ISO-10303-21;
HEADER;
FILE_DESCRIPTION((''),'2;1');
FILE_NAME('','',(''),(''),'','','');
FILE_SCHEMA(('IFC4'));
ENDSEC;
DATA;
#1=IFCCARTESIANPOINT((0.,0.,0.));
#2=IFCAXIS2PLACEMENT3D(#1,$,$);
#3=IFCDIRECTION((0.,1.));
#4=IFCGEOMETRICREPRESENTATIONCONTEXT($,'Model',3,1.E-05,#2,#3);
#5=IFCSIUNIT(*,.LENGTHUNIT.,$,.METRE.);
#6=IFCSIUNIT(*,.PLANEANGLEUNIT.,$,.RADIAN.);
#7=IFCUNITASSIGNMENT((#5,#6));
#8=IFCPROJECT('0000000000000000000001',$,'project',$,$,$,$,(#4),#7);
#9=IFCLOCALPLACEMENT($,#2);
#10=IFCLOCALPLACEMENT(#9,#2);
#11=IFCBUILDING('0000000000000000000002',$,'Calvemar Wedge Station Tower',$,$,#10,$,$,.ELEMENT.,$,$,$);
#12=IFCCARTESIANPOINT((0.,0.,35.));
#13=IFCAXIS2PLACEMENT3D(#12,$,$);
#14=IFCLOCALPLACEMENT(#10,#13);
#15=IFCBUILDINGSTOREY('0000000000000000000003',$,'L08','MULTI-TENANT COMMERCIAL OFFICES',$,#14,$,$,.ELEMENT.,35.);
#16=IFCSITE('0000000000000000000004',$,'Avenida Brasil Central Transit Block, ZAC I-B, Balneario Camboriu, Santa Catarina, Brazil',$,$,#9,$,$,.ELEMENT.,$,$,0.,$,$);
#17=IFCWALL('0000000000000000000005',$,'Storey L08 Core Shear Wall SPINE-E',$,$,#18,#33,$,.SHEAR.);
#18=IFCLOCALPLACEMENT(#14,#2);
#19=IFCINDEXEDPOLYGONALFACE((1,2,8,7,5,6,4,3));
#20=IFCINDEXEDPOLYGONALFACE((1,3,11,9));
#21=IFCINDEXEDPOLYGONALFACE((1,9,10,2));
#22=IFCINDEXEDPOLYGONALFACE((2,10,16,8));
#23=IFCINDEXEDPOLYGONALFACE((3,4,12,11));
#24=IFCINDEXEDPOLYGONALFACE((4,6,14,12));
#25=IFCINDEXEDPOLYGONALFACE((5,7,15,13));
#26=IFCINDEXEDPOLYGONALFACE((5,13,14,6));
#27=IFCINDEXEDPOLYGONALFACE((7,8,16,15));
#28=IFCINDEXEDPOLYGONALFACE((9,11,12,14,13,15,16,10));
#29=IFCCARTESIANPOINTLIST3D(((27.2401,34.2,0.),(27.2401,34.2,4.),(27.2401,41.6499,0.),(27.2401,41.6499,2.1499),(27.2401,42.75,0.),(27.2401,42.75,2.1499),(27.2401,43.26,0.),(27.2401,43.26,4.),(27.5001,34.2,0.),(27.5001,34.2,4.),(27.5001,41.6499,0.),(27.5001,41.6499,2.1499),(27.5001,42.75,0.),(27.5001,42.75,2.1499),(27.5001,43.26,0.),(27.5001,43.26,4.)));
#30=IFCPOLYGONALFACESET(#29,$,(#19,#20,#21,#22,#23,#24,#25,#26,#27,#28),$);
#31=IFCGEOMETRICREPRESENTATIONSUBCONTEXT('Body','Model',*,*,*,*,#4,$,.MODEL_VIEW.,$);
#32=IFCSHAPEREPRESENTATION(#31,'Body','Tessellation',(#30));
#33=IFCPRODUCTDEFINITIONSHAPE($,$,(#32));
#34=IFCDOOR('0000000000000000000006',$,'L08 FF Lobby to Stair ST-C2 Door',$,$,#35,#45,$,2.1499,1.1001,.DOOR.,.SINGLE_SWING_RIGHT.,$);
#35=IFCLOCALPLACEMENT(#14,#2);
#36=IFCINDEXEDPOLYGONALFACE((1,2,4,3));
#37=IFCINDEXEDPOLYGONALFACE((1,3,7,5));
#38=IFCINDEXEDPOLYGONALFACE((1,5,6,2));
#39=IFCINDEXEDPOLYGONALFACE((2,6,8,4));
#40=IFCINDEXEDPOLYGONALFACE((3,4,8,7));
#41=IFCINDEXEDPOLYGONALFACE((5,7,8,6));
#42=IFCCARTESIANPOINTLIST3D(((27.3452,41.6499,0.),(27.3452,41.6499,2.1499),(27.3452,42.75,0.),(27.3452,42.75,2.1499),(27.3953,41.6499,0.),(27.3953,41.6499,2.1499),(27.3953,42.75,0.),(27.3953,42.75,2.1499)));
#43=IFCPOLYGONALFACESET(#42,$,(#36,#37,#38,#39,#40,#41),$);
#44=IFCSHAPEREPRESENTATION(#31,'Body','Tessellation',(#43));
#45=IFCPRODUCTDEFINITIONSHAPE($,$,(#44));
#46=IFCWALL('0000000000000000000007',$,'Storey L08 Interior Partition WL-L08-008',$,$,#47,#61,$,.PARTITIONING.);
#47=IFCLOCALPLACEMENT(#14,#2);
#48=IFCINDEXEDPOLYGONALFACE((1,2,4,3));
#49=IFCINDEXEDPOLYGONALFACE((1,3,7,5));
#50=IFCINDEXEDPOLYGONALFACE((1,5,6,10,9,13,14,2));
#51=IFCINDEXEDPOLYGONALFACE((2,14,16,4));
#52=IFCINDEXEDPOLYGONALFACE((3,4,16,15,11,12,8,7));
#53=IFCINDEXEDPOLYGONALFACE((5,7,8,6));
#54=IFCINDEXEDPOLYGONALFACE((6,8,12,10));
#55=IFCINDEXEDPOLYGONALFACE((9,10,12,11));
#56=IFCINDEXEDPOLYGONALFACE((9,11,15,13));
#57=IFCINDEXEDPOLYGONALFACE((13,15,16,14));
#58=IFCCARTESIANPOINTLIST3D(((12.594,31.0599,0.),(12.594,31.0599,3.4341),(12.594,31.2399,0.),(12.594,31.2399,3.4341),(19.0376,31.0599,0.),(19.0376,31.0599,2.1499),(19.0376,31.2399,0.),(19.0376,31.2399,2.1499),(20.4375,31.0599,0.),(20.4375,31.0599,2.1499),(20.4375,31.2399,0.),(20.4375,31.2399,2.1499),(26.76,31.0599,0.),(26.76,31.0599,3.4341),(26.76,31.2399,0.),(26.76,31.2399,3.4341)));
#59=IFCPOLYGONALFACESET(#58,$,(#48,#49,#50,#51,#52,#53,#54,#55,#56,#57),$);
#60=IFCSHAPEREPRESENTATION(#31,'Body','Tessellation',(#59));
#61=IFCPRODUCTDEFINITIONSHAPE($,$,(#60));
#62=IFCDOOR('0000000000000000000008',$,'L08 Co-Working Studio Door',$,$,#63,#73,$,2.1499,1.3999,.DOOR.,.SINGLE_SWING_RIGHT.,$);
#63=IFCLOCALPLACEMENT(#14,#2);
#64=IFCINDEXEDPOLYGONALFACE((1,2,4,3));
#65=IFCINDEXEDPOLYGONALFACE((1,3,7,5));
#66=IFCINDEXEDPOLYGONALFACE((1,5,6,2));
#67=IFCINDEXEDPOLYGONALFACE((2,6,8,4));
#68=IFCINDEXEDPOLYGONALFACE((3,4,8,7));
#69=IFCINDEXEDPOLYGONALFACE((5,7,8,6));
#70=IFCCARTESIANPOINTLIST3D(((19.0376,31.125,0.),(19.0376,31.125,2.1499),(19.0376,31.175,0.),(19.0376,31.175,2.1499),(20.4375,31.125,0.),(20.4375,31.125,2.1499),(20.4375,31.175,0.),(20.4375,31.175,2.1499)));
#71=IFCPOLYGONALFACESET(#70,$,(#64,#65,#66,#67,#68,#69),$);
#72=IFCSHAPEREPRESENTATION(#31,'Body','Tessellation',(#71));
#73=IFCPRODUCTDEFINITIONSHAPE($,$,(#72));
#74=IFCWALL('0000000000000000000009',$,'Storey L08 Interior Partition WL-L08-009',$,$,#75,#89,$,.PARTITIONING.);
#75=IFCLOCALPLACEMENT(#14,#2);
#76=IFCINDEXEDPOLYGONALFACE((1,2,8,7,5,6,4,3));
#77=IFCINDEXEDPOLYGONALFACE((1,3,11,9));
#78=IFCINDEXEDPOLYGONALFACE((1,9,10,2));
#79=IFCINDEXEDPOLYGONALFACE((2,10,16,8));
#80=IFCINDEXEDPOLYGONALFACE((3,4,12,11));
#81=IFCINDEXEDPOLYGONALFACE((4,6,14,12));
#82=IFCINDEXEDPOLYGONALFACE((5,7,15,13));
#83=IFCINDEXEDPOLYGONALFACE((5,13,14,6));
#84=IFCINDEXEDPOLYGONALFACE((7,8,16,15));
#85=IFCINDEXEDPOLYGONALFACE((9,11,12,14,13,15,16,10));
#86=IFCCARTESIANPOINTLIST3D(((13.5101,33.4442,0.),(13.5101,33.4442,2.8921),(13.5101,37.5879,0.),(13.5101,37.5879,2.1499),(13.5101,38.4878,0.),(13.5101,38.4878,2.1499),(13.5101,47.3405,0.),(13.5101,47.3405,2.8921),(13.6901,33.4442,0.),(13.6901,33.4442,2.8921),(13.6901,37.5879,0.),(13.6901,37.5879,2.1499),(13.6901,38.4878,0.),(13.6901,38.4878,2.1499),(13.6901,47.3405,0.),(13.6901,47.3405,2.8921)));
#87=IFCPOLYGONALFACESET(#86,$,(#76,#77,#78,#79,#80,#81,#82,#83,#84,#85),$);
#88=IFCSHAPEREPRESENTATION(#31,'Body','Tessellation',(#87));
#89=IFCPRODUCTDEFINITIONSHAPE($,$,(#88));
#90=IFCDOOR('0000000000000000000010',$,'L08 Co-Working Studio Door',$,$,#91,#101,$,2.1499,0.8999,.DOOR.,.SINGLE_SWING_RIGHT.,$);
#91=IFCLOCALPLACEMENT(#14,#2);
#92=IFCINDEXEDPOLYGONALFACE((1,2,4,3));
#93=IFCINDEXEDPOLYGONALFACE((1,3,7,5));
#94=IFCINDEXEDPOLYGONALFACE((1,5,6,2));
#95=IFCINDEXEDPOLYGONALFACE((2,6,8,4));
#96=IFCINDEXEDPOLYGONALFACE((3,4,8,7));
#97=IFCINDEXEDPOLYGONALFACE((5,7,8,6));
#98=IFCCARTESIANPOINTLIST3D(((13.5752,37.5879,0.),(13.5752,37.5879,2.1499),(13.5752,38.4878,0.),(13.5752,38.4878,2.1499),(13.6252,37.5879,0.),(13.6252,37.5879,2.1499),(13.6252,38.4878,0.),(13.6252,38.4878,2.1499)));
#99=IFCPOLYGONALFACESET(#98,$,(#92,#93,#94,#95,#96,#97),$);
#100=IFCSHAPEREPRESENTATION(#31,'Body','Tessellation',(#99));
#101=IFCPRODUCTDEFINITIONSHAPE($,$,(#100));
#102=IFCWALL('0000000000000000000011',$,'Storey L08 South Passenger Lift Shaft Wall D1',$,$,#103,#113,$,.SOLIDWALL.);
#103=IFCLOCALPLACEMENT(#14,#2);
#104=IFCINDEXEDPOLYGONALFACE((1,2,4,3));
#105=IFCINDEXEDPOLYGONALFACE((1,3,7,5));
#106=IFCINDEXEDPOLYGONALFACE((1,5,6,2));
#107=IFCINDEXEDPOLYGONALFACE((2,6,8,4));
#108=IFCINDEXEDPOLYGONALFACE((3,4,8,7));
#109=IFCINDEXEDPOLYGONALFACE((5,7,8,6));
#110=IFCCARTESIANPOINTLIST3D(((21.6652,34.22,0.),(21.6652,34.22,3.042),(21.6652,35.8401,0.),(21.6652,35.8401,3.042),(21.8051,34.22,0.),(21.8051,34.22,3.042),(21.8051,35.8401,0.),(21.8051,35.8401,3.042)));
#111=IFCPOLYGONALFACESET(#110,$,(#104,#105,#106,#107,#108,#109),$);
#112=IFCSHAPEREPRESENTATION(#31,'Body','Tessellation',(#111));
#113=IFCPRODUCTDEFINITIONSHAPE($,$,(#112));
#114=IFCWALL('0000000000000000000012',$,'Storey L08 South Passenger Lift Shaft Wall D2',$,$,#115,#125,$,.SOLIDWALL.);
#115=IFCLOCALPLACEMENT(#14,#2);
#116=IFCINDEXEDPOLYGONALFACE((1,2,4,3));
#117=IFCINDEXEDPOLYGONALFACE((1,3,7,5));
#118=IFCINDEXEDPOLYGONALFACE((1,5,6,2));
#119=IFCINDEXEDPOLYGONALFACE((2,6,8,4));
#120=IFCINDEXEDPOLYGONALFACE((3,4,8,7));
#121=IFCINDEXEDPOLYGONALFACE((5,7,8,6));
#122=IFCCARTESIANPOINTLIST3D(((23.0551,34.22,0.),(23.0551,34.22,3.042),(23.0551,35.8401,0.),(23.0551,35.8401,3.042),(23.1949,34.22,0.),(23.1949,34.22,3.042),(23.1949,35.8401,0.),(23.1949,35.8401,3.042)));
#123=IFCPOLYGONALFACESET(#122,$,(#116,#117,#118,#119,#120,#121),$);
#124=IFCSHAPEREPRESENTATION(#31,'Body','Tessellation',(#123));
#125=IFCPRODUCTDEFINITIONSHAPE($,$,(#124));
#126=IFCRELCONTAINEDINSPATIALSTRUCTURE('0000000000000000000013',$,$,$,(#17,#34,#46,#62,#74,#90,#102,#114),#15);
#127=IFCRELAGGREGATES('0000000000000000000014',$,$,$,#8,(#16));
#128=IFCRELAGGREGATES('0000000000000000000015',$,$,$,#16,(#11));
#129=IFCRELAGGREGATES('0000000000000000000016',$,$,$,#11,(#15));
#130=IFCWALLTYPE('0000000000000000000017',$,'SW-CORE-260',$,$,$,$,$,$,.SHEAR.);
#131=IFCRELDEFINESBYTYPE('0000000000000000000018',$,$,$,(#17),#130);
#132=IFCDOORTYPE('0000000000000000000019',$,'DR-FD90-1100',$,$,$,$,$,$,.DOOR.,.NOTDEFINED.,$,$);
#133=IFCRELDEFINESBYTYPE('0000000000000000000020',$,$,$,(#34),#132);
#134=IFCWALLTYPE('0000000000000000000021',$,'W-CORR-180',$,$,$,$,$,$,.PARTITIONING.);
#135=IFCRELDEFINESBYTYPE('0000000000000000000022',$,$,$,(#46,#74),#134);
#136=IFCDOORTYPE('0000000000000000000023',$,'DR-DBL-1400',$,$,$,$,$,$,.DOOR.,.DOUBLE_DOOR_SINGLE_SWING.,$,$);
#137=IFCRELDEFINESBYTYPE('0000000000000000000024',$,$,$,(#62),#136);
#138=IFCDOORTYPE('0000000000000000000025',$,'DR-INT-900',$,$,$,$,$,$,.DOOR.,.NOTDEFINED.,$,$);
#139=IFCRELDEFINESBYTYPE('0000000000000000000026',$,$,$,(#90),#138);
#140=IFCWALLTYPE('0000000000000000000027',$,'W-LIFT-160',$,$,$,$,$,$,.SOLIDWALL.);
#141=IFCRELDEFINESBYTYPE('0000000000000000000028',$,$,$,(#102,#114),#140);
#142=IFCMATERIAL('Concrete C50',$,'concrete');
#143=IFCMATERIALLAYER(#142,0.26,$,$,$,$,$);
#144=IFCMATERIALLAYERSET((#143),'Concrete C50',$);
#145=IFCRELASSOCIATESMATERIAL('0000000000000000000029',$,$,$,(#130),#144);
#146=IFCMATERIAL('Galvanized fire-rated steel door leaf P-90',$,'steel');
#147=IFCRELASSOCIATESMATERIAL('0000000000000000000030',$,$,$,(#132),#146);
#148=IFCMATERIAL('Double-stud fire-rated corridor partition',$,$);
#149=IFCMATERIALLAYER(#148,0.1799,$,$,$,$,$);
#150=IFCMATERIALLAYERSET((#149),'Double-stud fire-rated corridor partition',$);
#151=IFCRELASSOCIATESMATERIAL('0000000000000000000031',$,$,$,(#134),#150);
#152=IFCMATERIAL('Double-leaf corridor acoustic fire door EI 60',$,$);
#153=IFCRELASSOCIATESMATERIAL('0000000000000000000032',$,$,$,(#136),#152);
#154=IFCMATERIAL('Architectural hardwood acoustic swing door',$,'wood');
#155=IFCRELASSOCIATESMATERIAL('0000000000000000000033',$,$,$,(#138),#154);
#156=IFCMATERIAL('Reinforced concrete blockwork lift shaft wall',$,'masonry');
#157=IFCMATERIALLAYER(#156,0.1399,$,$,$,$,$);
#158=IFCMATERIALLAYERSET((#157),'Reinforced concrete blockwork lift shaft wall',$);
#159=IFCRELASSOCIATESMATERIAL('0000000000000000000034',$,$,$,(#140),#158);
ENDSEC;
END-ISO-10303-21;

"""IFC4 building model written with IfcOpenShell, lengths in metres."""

from ifc_helpers import new_model, si_unit, direction, frame, frame_2d, origin, place, context, subcontext, project, spatial, rectangle, extrude, source, transform, mapped, material, layer, layer_set, type_object, element, fill, save


model = new_model("IFC4")

# Units and contexts
model_context = context("Model", 3, precision=1e-05, world=origin(), true_north=direction((0.0, 1.0)))
body_context = subcontext(model_context, "Body", "Model", "MODEL_VIEW")
ifc_project = project(units=[si_unit("LENGTHUNIT", "METRE"), si_unit("PLANEANGLEUNIT", "RADIAN")], contexts=[model_context])

# Site, building, storey
site_placement = place(None, origin())
site = spatial("IfcSite", under=ifc_project, at=site_placement, Name="Avenida Brasil Central Transit Block, ZAC I-B, Balneario Camboriu, Santa Catarina, Brazil", CompositionType="ELEMENT", RefElevation=0.0)
building_placement = place(site_placement, origin())
building = spatial("IfcBuilding", under=site, at=building_placement, Name="Calvemar Wedge Station Tower", CompositionType="ELEMENT")
storey_placement = place(building_placement, frame((0.0, 0.0, 35.0)))
storey = spatial("IfcBuildingStorey", under=building, at=storey_placement, Name="L08", Description="MULTI-TENANT COMMERCIAL OFFICES", CompositionType="ELEMENT", Elevation=35.0)

# Walls, openings, doors
ifc_material_1 = material(Name="Concrete C50", Category="concrete")
ifc_layer_1 = layer(ifc_material_1, 0.26)
ifc_layer_set_1 = layer_set([ifc_layer_1], Name="Concrete C50")
wall_type_1 = type_object("IfcWallType", Name="SW-CORE-260", PredefinedType="SHEAR", material=ifc_layer_set_1)
shared_shape_1 = source(origin(), body_context, "Body", "SweptSolid", [
    extrude(rectangle(XDim=1.1001, YDim=2.1499, at=frame_2d((0.55, 1.075))), frame((0.0, 0.1401, 0.0), z_axis=(0.0, -1.0, 0.0), x_axis=(1.0, 0.0, 0.0)), (0.0, 0.0, 1.0), 0.28),
])
ifc_material_2 = material(Name="Galvanized fire-rated steel door leaf P-90", Category="steel")
door_type_1 = type_object("IfcDoorType", Name="DR-FD90-1100", OperationType="NOTDEFINED", PredefinedType="DOOR", material=ifc_material_2)
shared_shape_2 = source(origin(), body_context, "Body", "SweptSolid", [
    extrude(rectangle(XDim=1.1001, YDim=2.1499, at=frame_2d((0.55, 1.075))), frame((0.0, 0.0249, 0.0), z_axis=(0.0, -1.0, 0.0), x_axis=(1.0, 0.0, 0.0)), (0.0, 0.0, 1.0), 0.05),
])
wall_1_placement = place(storey_placement, frame((27.3701, 34.2, 0.0), z_axis=(0.0, 0.0, 1.0), x_axis=(0.0, 1.0, 0.0)))
wall_1 = element("IfcWall", 1, at=wall_1_placement, inside=storey, type_object=wall_type_1, Name="Storey L08 Core Shear Wall SPINE-E", PredefinedType="SHEAR", context=body_context, shape_type="SweptSolid", body=[
    extrude(rectangle(XDim=9.0601, YDim=0.26, at=frame_2d((4.53, 0.0))), origin(), (0.0, 0.0, 1.0), 4.0),
])
opening_1_placement = place(wall_1_placement, frame((7.45, 0.0, 0.0)))
opening_1 = element("IfcOpeningElement", 2, at=opening_1_placement, cuts=wall_1, PredefinedType="OPENING", context=body_context, shape_type="MappedRepresentation", body=[
    mapped(shared_shape_1, transform((0.0, 0.0, 0.0), scale=1.0)),
])
door_1_placement = place(opening_1_placement, origin())
door_1 = element("IfcDoor", 3, at=door_1_placement, inside=storey, type_object=door_type_1, Name="L08 FF Lobby to Stair ST-C2 Door", OperationType="SINGLE_SWING_RIGHT", OverallHeight=2.1499, OverallWidth=1.1001, PredefinedType="DOOR", context=body_context, shape_type="MappedRepresentation", body=[
    mapped(shared_shape_2, transform((0.0, 0.0, 0.0), scale=1.0)),
])
fill(opening_1, door_1)
ifc_material_3 = material(Name="Double-stud fire-rated corridor partition")
ifc_layer_2 = layer(ifc_material_3, 0.1799)
ifc_layer_set_2 = layer_set([ifc_layer_2], Name="Double-stud fire-rated corridor partition")
wall_type_2 = type_object("IfcWallType", Name="W-CORR-180", PredefinedType="PARTITIONING", material=ifc_layer_set_2)
wall_2_placement = place(storey_placement, frame((26.76, 31.1499, 0.0), z_axis=(0.0, 0.0, 1.0), x_axis=(-1.0, 0.0, 0.0)))
wall_2 = element("IfcWall", 4, at=wall_2_placement, inside=storey, type_object=wall_type_2, Name="Storey L08 Interior Partition WL-L08-008", PredefinedType="PARTITIONING", context=body_context, shape_type="SweptSolid", body=[
    extrude(rectangle(XDim=14.166, YDim=0.1799, at=frame_2d((7.083, 0.0))), origin(), (0.0, 0.0, 1.0), 3.4341),
])
shared_shape_3 = source(origin(), body_context, "Body", "SweptSolid", [
    extrude(rectangle(XDim=1.3999, YDim=2.1499, at=frame_2d((0.7, 1.075))), frame((0.0, 0.1001, 0.0), z_axis=(0.0, -1.0, 0.0), x_axis=(1.0, 0.0, 0.0)), (0.0, 0.0, 1.0), 0.2),
])
opening_2_placement = place(wall_2_placement, frame((6.3225, 0.0, 0.0)))
opening_2 = element("IfcOpeningElement", 5, at=opening_2_placement, cuts=wall_2, PredefinedType="OPENING", context=body_context, shape_type="MappedRepresentation", body=[
    mapped(shared_shape_3, transform((0.0, 0.0, 0.0), scale=1.0)),
])
ifc_material_4 = material(Name="Double-leaf corridor acoustic fire door EI 60")
door_type_2 = type_object("IfcDoorType", Name="DR-DBL-1400", OperationType="DOUBLE_DOOR_SINGLE_SWING", PredefinedType="DOOR", material=ifc_material_4)
shared_shape_4 = source(origin(), body_context, "Body", "SweptSolid", [
    extrude(rectangle(XDim=1.3999, YDim=2.1499, at=frame_2d((0.7, 1.075))), frame((0.0, 0.0249, 0.0), z_axis=(0.0, -1.0, 0.0), x_axis=(1.0, 0.0, 0.0)), (0.0, 0.0, 1.0), 0.05),
])
door_2_placement = place(opening_2_placement, origin())
door_2 = element("IfcDoor", 6, at=door_2_placement, inside=storey, type_object=door_type_2, Name="L08 Co-Working Studio Door", OperationType="SINGLE_SWING_RIGHT", OverallHeight=2.1499, OverallWidth=1.3999, PredefinedType="DOOR", context=body_context, shape_type="MappedRepresentation", body=[
    mapped(shared_shape_4, transform((0.0, 0.0, 0.0), scale=1.0)),
])
fill(opening_2, door_2)
wall_3_placement = place(storey_placement, frame((13.6001, 33.4441, 0.0), z_axis=(0.0, 0.0, 1.0), x_axis=(0.0, 1.0, 0.0)))
wall_3 = element("IfcWall", 7, at=wall_3_placement, inside=storey, type_object=wall_type_2, Name="Storey L08 Interior Partition WL-L08-009", PredefinedType="PARTITIONING", context=body_context, shape_type="SweptSolid", body=[
    extrude(rectangle(XDim=13.8962, YDim=0.1799, at=frame_2d((6.9482, 0.0))), origin(), (0.0, 0.0, 1.0), 2.8921),
])
shared_shape_5 = source(origin(), body_context, "Body", "SweptSolid", [
    extrude(rectangle(XDim=0.8999, YDim=2.1499, at=frame_2d((0.45, 1.075))), frame((0.0, 0.1001, 0.0), z_axis=(0.0, -1.0, 0.0), x_axis=(1.0, 0.0, 0.0)), (0.0, 0.0, 1.0), 0.2),
])
opening_3_placement = place(wall_3_placement, frame((4.1438, 0.0, 0.0)))
opening_3 = element("IfcOpeningElement", 8, at=opening_3_placement, cuts=wall_3, PredefinedType="OPENING", context=body_context, shape_type="MappedRepresentation", body=[
    mapped(shared_shape_5, transform((0.0, 0.0, 0.0), scale=1.0)),
])
ifc_material_5 = material(Name="Architectural hardwood acoustic swing door", Category="wood")
door_type_3 = type_object("IfcDoorType", Name="DR-INT-900", OperationType="NOTDEFINED", PredefinedType="DOOR", material=ifc_material_5)
shared_shape_6 = source(origin(), body_context, "Body", "SweptSolid", [
    extrude(rectangle(XDim=0.8999, YDim=2.1499, at=frame_2d((0.45, 1.075))), frame((0.0, 0.0249, 0.0), z_axis=(0.0, -1.0, 0.0), x_axis=(1.0, 0.0, 0.0)), (0.0, 0.0, 1.0), 0.05),
])
door_3_placement = place(opening_3_placement, origin())
door_3 = element("IfcDoor", 9, at=door_3_placement, inside=storey, type_object=door_type_3, Name="L08 Co-Working Studio Door", OperationType="SINGLE_SWING_RIGHT", OverallHeight=2.1499, OverallWidth=0.8999, PredefinedType="DOOR", context=body_context, shape_type="MappedRepresentation", body=[
    mapped(shared_shape_6, transform((0.0, 0.0, 0.0), scale=1.0)),
])
fill(opening_3, door_3)

# Walls
ifc_material_6 = material(Name="Reinforced concrete blockwork lift shaft wall", Category="masonry")
ifc_layer_3 = layer(ifc_material_6, 0.1399)
ifc_layer_set_3 = layer_set([ifc_layer_3], Name="Reinforced concrete blockwork lift shaft wall")
wall_type_3 = type_object("IfcWallType", Name="W-LIFT-160", PredefinedType="SOLIDWALL", material=ifc_layer_set_3)
for number, where, z_axis, x_axis, name in (
    (10, (21.7351, 34.22, 0.0), (0.0, 0.0, 1.0), (0.0, 1.0, 0.0), "Storey L08 South Passenger Lift Shaft Wall D1"),
    (11, (23.125, 34.22, 0.0), (0.0, 0.0, 1.0), (0.0, 1.0, 0.0), "Storey L08 South Passenger Lift Shaft Wall D2"),
):
    element("IfcWall", number, at=place(storey_placement, frame(where, z_axis=z_axis, x_axis=x_axis)), inside=storey, type_object=wall_type_3, Name=name, PredefinedType="SOLIDWALL", context=body_context, shape_type="SweptSolid", body=[
        extrude(rectangle(XDim=1.6201, YDim=0.1399, at=frame_2d((0.8101, 0.0))), origin(), (0.0, 0.0, 1.0), 3.042),
    ])

save(model, "model.ifc")
